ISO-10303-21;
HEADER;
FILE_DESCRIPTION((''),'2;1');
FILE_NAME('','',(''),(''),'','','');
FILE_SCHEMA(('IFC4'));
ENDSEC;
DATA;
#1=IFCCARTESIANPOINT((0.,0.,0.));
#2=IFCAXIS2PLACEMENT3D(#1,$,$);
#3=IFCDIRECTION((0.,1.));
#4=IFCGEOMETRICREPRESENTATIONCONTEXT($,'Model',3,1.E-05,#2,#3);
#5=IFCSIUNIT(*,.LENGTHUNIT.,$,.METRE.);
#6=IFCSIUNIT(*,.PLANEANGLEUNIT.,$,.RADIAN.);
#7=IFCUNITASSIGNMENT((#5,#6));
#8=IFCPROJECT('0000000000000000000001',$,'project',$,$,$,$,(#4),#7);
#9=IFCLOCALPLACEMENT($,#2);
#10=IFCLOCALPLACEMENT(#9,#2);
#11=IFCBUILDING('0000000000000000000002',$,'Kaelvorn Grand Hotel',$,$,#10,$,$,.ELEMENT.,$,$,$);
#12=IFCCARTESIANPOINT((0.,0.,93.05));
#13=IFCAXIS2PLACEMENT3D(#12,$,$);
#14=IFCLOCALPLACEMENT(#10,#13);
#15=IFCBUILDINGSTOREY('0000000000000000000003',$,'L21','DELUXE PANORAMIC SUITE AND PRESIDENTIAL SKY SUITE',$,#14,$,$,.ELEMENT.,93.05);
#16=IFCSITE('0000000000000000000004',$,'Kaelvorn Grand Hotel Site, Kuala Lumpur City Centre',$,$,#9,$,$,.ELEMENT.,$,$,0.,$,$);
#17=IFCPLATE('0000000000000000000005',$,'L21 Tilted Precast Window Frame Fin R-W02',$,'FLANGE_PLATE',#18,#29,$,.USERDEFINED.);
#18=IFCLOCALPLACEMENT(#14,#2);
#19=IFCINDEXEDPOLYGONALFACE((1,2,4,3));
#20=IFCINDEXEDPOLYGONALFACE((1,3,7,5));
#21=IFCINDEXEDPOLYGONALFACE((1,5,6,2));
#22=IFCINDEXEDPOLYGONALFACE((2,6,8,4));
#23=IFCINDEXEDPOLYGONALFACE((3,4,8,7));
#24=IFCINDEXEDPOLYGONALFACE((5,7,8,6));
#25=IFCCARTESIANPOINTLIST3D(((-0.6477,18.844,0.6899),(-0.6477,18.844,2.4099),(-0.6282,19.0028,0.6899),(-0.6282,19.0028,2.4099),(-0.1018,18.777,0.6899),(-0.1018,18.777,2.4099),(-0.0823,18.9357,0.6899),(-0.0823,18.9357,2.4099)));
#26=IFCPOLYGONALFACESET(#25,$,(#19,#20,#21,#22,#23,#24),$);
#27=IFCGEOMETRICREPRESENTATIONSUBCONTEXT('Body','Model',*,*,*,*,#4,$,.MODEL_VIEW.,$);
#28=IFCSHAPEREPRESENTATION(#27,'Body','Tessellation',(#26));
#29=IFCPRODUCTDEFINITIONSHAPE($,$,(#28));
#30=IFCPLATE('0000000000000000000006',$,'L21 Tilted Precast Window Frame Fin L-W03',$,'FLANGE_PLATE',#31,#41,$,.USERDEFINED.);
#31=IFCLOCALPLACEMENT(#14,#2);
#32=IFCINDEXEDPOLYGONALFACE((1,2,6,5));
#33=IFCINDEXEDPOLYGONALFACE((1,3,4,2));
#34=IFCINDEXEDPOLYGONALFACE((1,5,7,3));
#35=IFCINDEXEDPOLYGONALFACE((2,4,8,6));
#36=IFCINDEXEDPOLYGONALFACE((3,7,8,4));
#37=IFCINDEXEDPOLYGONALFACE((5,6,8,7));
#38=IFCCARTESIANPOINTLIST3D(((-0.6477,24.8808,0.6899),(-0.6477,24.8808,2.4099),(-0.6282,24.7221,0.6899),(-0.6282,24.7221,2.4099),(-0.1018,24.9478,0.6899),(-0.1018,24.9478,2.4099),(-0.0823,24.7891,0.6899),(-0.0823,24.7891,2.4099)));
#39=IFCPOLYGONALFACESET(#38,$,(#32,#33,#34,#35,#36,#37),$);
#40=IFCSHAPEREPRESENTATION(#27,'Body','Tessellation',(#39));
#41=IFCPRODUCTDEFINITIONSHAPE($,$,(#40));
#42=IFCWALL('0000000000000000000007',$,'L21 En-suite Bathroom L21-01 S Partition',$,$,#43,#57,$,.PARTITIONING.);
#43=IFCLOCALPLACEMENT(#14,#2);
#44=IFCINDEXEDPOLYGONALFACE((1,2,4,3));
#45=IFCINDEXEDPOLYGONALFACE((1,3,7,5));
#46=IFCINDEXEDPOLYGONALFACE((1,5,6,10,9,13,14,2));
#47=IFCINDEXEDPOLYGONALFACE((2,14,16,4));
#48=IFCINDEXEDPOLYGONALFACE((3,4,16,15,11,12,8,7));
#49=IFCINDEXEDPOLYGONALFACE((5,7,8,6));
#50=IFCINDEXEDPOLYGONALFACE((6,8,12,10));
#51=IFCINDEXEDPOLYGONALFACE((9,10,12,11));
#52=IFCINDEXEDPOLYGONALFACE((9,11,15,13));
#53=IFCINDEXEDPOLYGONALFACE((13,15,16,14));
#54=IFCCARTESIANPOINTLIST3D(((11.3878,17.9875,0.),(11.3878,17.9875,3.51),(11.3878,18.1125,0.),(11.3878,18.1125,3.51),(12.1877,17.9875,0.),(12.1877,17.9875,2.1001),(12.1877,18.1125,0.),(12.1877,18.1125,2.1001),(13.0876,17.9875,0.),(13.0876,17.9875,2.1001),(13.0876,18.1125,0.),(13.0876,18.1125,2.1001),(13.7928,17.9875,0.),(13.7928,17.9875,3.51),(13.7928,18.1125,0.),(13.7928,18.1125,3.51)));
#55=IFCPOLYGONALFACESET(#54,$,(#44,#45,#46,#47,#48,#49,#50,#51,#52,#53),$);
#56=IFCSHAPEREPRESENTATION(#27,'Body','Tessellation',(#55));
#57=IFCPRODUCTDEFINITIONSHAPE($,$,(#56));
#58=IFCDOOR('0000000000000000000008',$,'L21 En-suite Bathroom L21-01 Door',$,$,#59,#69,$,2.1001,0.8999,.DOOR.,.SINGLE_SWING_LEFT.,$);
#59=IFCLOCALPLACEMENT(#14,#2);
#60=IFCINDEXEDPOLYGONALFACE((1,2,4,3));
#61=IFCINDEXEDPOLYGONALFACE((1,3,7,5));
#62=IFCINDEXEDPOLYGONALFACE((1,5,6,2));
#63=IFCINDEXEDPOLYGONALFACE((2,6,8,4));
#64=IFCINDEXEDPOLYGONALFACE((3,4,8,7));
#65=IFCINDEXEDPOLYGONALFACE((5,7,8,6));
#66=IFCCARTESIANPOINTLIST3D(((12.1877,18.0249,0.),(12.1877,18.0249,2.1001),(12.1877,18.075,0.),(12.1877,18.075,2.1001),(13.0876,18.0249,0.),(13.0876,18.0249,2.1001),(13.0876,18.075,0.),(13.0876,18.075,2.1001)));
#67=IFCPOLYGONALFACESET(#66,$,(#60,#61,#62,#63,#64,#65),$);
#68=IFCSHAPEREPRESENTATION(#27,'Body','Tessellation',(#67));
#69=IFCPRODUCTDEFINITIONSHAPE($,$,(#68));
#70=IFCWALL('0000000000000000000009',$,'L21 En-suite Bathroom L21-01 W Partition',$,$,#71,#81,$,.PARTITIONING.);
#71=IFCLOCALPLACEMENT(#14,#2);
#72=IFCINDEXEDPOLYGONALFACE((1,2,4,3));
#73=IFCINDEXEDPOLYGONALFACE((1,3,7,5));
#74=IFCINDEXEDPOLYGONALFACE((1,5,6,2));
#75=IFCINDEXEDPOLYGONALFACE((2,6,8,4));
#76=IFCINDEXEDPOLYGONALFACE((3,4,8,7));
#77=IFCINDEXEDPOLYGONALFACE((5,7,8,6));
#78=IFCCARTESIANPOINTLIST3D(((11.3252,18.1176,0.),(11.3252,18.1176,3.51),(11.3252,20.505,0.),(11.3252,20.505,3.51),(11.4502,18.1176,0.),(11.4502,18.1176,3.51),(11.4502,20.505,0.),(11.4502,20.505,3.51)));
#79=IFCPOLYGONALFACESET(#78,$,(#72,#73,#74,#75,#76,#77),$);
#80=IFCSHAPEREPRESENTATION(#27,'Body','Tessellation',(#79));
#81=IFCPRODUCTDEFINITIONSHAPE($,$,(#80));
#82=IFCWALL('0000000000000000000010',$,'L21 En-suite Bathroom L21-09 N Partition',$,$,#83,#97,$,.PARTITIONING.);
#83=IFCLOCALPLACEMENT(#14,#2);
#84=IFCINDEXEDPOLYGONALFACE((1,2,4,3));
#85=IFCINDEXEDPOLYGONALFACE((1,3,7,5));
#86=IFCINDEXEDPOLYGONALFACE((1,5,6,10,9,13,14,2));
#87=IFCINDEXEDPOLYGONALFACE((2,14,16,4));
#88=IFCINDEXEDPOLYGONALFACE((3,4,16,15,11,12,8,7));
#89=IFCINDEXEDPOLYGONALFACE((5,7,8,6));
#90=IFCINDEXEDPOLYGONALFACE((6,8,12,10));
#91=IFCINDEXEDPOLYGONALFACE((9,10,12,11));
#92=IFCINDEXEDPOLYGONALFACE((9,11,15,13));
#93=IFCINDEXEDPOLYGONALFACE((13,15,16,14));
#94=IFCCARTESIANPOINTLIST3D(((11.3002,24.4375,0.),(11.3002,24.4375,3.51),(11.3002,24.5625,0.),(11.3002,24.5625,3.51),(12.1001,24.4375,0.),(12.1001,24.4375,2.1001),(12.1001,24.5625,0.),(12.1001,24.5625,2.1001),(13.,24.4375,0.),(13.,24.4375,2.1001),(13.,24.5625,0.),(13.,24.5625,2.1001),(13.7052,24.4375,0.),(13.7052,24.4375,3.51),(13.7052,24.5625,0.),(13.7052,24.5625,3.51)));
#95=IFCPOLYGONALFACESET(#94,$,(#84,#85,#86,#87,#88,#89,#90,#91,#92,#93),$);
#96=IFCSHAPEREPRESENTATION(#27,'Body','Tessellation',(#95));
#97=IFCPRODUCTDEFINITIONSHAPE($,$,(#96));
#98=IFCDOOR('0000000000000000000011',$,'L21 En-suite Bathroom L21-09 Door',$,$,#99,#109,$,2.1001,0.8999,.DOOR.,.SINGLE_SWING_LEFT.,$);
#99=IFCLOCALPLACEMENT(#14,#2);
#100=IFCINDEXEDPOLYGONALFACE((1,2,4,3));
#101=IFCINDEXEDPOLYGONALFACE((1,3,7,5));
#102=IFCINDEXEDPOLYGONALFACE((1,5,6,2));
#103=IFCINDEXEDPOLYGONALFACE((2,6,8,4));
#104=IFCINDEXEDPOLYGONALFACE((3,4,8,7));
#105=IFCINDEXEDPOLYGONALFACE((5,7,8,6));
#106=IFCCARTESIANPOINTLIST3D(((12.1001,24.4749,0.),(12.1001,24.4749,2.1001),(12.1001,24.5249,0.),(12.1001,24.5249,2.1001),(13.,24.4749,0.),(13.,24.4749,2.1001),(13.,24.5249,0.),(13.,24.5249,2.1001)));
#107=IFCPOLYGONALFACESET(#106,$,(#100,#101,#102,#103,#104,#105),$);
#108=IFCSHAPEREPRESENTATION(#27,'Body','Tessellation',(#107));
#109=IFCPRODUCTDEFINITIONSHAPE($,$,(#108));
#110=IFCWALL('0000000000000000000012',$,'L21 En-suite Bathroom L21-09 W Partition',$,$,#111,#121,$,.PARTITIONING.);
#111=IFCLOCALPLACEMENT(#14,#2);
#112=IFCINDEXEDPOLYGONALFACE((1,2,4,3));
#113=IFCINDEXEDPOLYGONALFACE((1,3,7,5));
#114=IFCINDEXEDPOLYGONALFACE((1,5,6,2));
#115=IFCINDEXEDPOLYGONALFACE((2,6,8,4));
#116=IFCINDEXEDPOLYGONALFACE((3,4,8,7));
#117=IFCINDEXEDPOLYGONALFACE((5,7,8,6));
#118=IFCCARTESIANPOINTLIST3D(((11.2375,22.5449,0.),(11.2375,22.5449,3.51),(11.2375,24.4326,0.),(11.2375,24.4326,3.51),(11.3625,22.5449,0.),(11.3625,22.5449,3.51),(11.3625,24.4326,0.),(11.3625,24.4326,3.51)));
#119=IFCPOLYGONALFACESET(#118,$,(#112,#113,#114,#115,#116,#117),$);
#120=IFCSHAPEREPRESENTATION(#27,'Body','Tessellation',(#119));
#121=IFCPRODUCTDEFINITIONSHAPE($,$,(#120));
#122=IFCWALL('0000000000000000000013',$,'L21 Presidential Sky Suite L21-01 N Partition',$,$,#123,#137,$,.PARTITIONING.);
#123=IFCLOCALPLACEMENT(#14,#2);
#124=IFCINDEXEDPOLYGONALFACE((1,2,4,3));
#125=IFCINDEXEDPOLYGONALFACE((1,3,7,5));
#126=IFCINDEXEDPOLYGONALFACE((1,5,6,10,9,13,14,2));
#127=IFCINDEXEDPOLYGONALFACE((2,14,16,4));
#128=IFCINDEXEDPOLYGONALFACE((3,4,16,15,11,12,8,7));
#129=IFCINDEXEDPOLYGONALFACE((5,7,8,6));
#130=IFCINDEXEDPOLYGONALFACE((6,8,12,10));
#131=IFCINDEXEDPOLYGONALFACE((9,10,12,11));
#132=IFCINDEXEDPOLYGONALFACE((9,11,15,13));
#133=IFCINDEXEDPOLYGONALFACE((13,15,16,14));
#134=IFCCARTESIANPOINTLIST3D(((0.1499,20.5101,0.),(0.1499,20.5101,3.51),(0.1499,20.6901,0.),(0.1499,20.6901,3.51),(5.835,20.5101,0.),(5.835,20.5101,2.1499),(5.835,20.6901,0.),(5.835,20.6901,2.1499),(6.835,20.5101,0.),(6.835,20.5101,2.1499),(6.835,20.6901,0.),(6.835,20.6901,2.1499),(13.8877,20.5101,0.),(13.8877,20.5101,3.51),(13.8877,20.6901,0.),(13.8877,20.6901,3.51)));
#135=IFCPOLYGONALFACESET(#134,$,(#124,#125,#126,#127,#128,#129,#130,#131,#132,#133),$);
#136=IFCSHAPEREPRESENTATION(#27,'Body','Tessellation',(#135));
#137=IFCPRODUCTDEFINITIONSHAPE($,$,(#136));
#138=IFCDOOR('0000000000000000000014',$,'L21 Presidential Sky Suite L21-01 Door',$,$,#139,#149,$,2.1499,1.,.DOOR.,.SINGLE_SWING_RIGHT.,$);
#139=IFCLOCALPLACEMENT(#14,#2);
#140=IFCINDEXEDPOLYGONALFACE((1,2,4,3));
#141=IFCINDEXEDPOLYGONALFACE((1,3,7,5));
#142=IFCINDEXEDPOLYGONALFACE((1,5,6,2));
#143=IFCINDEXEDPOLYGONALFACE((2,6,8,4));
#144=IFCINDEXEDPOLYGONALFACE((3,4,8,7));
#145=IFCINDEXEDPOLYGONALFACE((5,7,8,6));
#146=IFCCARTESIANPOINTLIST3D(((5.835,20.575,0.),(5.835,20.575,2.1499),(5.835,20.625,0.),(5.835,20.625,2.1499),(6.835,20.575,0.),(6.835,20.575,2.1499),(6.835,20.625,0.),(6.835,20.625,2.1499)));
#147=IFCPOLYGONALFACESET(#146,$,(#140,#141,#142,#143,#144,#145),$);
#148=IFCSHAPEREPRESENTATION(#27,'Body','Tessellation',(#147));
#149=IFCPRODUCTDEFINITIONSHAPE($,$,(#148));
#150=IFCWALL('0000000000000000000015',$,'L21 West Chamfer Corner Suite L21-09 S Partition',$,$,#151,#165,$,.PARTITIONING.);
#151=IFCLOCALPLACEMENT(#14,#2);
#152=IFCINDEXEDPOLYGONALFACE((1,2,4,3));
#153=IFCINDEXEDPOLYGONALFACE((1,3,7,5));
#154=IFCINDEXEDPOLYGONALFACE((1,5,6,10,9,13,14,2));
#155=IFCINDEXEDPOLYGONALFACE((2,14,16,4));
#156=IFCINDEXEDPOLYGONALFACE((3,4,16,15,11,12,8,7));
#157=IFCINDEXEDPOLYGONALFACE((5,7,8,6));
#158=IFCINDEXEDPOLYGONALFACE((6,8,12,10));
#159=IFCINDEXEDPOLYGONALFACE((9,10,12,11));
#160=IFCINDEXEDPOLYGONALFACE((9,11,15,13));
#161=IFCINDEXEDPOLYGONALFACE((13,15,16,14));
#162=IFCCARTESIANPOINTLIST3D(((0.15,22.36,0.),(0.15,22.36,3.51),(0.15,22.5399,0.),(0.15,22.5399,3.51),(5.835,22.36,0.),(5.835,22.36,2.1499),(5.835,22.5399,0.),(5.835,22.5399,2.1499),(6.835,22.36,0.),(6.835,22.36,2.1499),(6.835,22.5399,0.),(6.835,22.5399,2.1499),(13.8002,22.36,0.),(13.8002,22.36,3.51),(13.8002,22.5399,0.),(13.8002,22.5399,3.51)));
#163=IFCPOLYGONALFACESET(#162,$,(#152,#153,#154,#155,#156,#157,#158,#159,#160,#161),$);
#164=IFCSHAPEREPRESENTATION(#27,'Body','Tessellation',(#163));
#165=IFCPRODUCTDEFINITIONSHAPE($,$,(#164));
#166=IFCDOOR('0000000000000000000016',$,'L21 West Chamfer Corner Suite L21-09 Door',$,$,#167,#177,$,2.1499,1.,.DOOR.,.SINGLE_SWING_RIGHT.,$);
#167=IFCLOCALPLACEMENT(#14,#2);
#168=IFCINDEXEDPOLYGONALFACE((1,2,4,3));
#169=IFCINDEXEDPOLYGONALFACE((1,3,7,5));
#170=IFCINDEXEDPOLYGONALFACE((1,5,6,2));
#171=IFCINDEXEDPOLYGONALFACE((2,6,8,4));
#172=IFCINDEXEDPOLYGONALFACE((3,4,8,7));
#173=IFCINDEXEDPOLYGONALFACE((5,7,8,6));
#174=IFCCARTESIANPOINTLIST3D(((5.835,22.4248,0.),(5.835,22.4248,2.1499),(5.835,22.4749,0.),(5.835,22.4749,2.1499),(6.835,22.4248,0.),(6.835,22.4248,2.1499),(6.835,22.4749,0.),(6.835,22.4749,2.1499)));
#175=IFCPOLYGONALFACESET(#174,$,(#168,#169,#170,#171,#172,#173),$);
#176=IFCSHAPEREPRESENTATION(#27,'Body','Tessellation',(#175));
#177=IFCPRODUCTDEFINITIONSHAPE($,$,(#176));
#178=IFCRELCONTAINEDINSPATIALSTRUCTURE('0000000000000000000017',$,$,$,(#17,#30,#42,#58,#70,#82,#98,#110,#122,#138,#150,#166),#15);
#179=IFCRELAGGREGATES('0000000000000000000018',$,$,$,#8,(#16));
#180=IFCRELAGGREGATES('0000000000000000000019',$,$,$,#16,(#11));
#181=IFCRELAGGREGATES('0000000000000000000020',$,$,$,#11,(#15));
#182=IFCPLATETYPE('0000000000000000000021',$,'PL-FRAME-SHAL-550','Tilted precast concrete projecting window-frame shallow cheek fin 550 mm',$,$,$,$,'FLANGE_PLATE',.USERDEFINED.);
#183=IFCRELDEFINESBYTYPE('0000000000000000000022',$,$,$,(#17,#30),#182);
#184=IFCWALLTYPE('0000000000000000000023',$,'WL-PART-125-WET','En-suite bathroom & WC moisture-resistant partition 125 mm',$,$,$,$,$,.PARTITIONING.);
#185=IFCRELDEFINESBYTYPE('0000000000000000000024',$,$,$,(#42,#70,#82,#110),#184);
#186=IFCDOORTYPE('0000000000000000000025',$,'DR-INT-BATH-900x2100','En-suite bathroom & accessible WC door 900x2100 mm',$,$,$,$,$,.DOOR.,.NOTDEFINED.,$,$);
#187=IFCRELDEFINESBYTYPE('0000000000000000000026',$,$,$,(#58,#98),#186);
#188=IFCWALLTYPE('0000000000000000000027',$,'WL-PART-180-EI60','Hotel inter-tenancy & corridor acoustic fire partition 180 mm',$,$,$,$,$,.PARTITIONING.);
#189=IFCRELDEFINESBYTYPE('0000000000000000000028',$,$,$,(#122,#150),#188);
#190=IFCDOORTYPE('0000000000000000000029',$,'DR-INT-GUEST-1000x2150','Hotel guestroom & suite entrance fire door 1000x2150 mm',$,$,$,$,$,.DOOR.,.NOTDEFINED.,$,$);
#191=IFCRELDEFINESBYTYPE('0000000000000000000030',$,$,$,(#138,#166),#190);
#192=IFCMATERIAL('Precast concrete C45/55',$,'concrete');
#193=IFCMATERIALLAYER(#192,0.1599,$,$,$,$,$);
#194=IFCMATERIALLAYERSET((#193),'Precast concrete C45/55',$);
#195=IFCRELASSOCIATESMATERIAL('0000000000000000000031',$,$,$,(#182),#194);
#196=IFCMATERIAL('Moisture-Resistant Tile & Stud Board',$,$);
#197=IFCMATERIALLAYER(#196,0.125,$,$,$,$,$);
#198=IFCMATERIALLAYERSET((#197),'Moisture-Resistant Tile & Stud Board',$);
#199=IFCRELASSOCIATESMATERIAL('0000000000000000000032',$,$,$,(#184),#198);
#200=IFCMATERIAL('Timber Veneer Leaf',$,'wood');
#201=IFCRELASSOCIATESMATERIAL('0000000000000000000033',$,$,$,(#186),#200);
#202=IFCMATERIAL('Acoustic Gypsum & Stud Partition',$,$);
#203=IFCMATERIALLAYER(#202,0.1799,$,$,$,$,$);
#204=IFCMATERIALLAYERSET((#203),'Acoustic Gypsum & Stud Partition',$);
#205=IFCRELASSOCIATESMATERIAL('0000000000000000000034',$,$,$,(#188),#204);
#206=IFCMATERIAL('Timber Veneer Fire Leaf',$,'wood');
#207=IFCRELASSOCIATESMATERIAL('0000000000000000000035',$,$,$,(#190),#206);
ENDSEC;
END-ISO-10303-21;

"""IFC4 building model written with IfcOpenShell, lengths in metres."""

from ifc_helpers import new_model, si_unit, direction, frame, frame_2d, origin, origin_2d, place, context, subcontext, project, spatial, rectangle, extrude, material, layer, layer_set, type_object, element, fill, save


model = new_model("IFC4")

# Units and contexts
model_context = context("Model", 3, precision=1e-05, world=origin(), true_north=direction((0.0, 1.0)))
body_context = subcontext(model_context, "Body", "Model", "MODEL_VIEW")
ifc_project = project(units=[si_unit("LENGTHUNIT", "METRE"), si_unit("PLANEANGLEUNIT", "RADIAN")], contexts=[model_context])

# Site, building, storey
site_placement = place(None, origin())
site = spatial("IfcSite", under=ifc_project, at=site_placement, Name="Kaelvorn Grand Hotel Site, Kuala Lumpur City Centre", CompositionType="ELEMENT", RefElevation=0.0)
building_placement = place(site_placement, origin())
building = spatial("IfcBuilding", under=site, at=building_placement, Name="Kaelvorn Grand Hotel", CompositionType="ELEMENT")
storey_placement = place(building_placement, frame((0.0, 0.0, 93.05)))
storey = spatial("IfcBuildingStorey", under=building, at=storey_placement, Name="L21", Description="DELUXE PANORAMIC SUITE AND PRESIDENTIAL SKY SUITE", CompositionType="ELEMENT", Elevation=93.05)

# Plates
ifc_material_1 = material(Name="Precast concrete C45/55", Category="concrete")
ifc_layer_1 = layer(ifc_material_1, 0.1599)
ifc_layer_set_1 = layer_set([ifc_layer_1], Name="Precast concrete C45/55")
plate_type_1 = type_object("IfcPlateType", Name="PL-FRAME-SHAL-550", Description="Tilted precast concrete projecting window-frame shallow cheek fin 550 mm", ElementType="FLANGE_PLATE", PredefinedType="USERDEFINED", material=ifc_layer_set_1)
for number, where, z_axis, x_axis, name in (
    (1, (-0.365, 18.8899, 0.6899), (0.0, 0.0, 1.0), (0.121869, 0.992546, 0.0), "L21 Tilted Precast Window Frame Fin R-W02"),
    (2, (-0.365, 24.835, 0.6899), (0.0, 0.0, 1.0), (-0.121869, 0.992546, 0.0), "L21 Tilted Precast Window Frame Fin L-W03"),
):
    element("IfcPlate", number, at=place(storey_placement, frame(where, z_axis=z_axis, x_axis=x_axis)), inside=storey, type_object=plate_type_1, Name=name, ObjectType="FLANGE_PLATE", PredefinedType="USERDEFINED", context=body_context, shape_type="SweptSolid", body=[
        extrude(rectangle(XDim=0.1599, YDim=0.55, at=origin_2d()), origin(), (0.0, 0.0, 1.0), 1.72),
    ])

# Wall, opening, door
ifc_material_2 = material(Name="Moisture-Resistant Tile & Stud Board")
ifc_layer_2 = layer(ifc_material_2, 0.125)
ifc_layer_set_2 = layer_set([ifc_layer_2], Name="Moisture-Resistant Tile & Stud Board")
wall_type_1 = type_object("IfcWallType", Name="WL-PART-125-WET", Description="En-suite bathroom & WC moisture-resistant partition 125 mm", PredefinedType="PARTITIONING", material=ifc_layer_set_2)
wall_1_placement = place(storey_placement, frame((11.3877, 18.05, 0.0), z_axis=(0.0, 0.0, 1.0), x_axis=(1.0, 0.0, 0.0)))
wall_1 = element("IfcWall", 3, at=wall_1_placement, inside=storey, type_object=wall_type_1, Name="L21 En-suite Bathroom L21-01 S Partition", PredefinedType="PARTITIONING", context=body_context, shape_type="SweptSolid", body=[
    extrude(rectangle(XDim=2.405, YDim=0.125, at=frame_2d((1.2026, 0.0))), origin(), (0.0, 0.0, 1.0), 3.51),
])
opening_1_placement = place(wall_1_placement, frame((0.8, 0.0, 0.0)))
opening_1 = element("IfcOpeningElement", 4, at=opening_1_placement, cuts=wall_1, PredefinedType="OPENING", context=body_context, shape_type="SweptSolid", body=[
    extrude(rectangle(XDim=0.8999, YDim=2.1001, at=frame_2d((0.45, 1.05))), frame((0.0, 0.0725, 0.0), z_axis=(0.0, -1.0, 0.0), x_axis=(1.0, 0.0, 0.0)), (0.0, 0.0, 1.0), 0.145),
])
ifc_material_3 = material(Name="Timber Veneer Leaf", Category="wood")
door_type_1 = type_object("IfcDoorType", Name="DR-INT-BATH-900x2100", Description="En-suite bathroom & accessible WC door 900x2100 mm", OperationType="NOTDEFINED", PredefinedType="DOOR", material=ifc_material_3)
door_1_placement = place(opening_1_placement, origin())
door_1 = element("IfcDoor", 5, at=door_1_placement, inside=storey, type_object=door_type_1, Name="L21 En-suite Bathroom L21-01 Door", OperationType="SINGLE_SWING_LEFT", OverallHeight=2.1001, OverallWidth=0.8999, PredefinedType="DOOR", context=body_context, shape_type="SweptSolid", body=[
    extrude(rectangle(XDim=0.8999, YDim=2.1001, at=frame_2d((0.45, 1.05))), frame((0.0, 0.0249, 0.0), z_axis=(0.0, -1.0, 0.0), x_axis=(1.0, 0.0, 0.0)), (0.0, 0.0, 1.0), 0.05),
])
fill(opening_1, door_1)

# Wall
wall_2_placement = place(storey_placement, frame((11.3877, 18.1174, 0.0), z_axis=(0.0, 0.0, 1.0), x_axis=(0.0, 1.0, 0.0)))
element("IfcWall", 6, at=wall_2_placement, inside=storey, type_object=wall_type_1, Name="L21 En-suite Bathroom L21-01 W Partition", PredefinedType="PARTITIONING", context=body_context, shape_type="SweptSolid", body=[
    extrude(rectangle(XDim=2.3875, YDim=0.125, at=frame_2d((1.1938, 0.0))), origin(), (0.0, 0.0, 1.0), 3.51),
])

# Wall, opening, door
wall_3_placement = place(storey_placement, frame((11.3, 24.5, 0.0), z_axis=(0.0, 0.0, 1.0), x_axis=(1.0, 0.0, 0.0)))
wall_3 = element("IfcWall", 7, at=wall_3_placement, inside=storey, type_object=wall_type_1, Name="L21 En-suite Bathroom L21-09 N Partition", PredefinedType="PARTITIONING", context=body_context, shape_type="SweptSolid", body=[
    extrude(rectangle(XDim=2.405, YDim=0.125, at=frame_2d((1.2026, 0.0))), origin(), (0.0, 0.0, 1.0), 3.51),
])
opening_2_placement = place(wall_3_placement, frame((0.8, 0.0, 0.0)))
opening_2 = element("IfcOpeningElement", 8, at=opening_2_placement, cuts=wall_3, PredefinedType="OPENING", context=body_context, shape_type="SweptSolid", body=[
    extrude(rectangle(XDim=0.8999, YDim=2.1001, at=frame_2d((0.45, 1.05))), frame((0.0, 0.0725, 0.0), z_axis=(0.0, -1.0, 0.0), x_axis=(1.0, 0.0, 0.0)), (0.0, 0.0, 1.0), 0.145),
])
door_2_placement = place(opening_2_placement, origin())
door_2 = element("IfcDoor", 9, at=door_2_placement, inside=storey, type_object=door_type_1, Name="L21 En-suite Bathroom L21-09 Door", OperationType="SINGLE_SWING_LEFT", OverallHeight=2.1001, OverallWidth=0.8999, PredefinedType="DOOR", context=body_context, shape_type="SweptSolid", body=[
    extrude(rectangle(XDim=0.8999, YDim=2.1001, at=frame_2d((0.45, 1.05))), frame((0.0, 0.0249, 0.0), z_axis=(0.0, -1.0, 0.0), x_axis=(1.0, 0.0, 0.0)), (0.0, 0.0, 1.0), 0.05),
])
fill(opening_2, door_2)

# Wall
wall_4_placement = place(storey_placement, frame((11.3, 22.5449, 0.0), z_axis=(0.0, 0.0, 1.0), x_axis=(0.0, 1.0, 0.0)))
element("IfcWall", 10, at=wall_4_placement, inside=storey, type_object=wall_type_1, Name="L21 En-suite Bathroom L21-09 W Partition", PredefinedType="PARTITIONING", context=body_context, shape_type="SweptSolid", body=[
    extrude(rectangle(XDim=1.8877, YDim=0.125, at=frame_2d((0.9438, 0.0))), origin(), (0.0, 0.0, 1.0), 3.51),
])

# Walls, openings, doors
ifc_material_4 = material(Name="Acoustic Gypsum & Stud Partition")
ifc_layer_3 = layer(ifc_material_4, 0.1799)
ifc_layer_set_3 = layer_set([ifc_layer_3], Name="Acoustic Gypsum & Stud Partition")
wall_type_2 = type_object("IfcWallType", Name="WL-PART-180-EI60", Description="Hotel inter-tenancy & corridor acoustic fire partition 180 mm", PredefinedType="PARTITIONING", material=ifc_layer_set_3)
wall_5_placement = place(storey_placement, frame((0.1499, 20.6001, 0.0), z_axis=(0.0, 0.0, 1.0), x_axis=(1.0, 0.0, 0.0)))
wall_5 = element("IfcWall", 11, at=wall_5_placement, inside=storey, type_object=wall_type_2, Name="L21 Presidential Sky Suite L21-01 N Partition", PredefinedType="PARTITIONING", context=body_context, shape_type="SweptSolid", body=[
    extrude(rectangle(XDim=13.7378, YDim=0.1799, at=frame_2d((6.8689, 0.0))), origin(), (0.0, 0.0, 1.0), 3.51),
])
opening_3_placement = place(wall_5_placement, frame((5.6851, 0.0, 0.0)))
opening_3 = element("IfcOpeningElement", 12, at=opening_3_placement, cuts=wall_5, PredefinedType="OPENING", context=body_context, shape_type="SweptSolid", body=[
    extrude(rectangle(XDim=1.0, YDim=2.1499, at=frame_2d((0.5, 1.075))), frame((0.0, 0.1001, 0.0), z_axis=(0.0, -1.0, 0.0), x_axis=(1.0, 0.0, 0.0)), (0.0, 0.0, 1.0), 0.2),
])
ifc_material_5 = material(Name="Timber Veneer Fire Leaf", Category="wood")
door_type_2 = type_object("IfcDoorType", Name="DR-INT-GUEST-1000x2150", Description="Hotel guestroom & suite entrance fire door 1000x2150 mm", OperationType="NOTDEFINED", PredefinedType="DOOR", material=ifc_material_5)
door_3_placement = place(opening_3_placement, origin())
door_3 = element("IfcDoor", 13, at=door_3_placement, inside=storey, type_object=door_type_2, Name="L21 Presidential Sky Suite L21-01 Door", OperationType="SINGLE_SWING_RIGHT", OverallHeight=2.1499, OverallWidth=1.0, PredefinedType="DOOR", context=body_context, shape_type="SweptSolid", body=[
    extrude(rectangle(XDim=1.0, YDim=2.1499, at=frame_2d((0.5, 1.075))), frame((0.0, 0.0249, 0.0), z_axis=(0.0, -1.0, 0.0), x_axis=(1.0, 0.0, 0.0)), (0.0, 0.0, 1.0), 0.05),
])
fill(opening_3, door_3)
wall_6_placement = place(storey_placement, frame((0.1499, 22.45, 0.0), z_axis=(0.0, 0.0, 1.0), x_axis=(1.0, 0.0, 0.0)))
wall_6 = element("IfcWall", 14, at=wall_6_placement, inside=storey, type_object=wall_type_2, Name="L21 West Chamfer Corner Suite L21-09 S Partition", PredefinedType="PARTITIONING", context=body_context, shape_type="SweptSolid", body=[
    extrude(rectangle(XDim=13.6501, YDim=0.1799, at=frame_2d((6.8252, 0.0))), origin(), (0.0, 0.0, 1.0), 3.51),
])
opening_4_placement = place(wall_6_placement, frame((5.6851, 0.0, 0.0)))
opening_4 = element("IfcOpeningElement", 15, at=opening_4_placement, cuts=wall_6, PredefinedType="OPENING", context=body_context, shape_type="SweptSolid", body=[
    extrude(rectangle(XDim=1.0, YDim=2.1499, at=frame_2d((0.5, 1.075))), frame((0.0, 0.1001, 0.0), z_axis=(0.0, -1.0, 0.0), x_axis=(1.0, 0.0, 0.0)), (0.0, 0.0, 1.0), 0.2),
])
door_4_placement = place(opening_4_placement, origin())
door_4 = element("IfcDoor", 16, at=door_4_placement, inside=storey, type_object=door_type_2, Name="L21 West Chamfer Corner Suite L21-09 Door", OperationType="SINGLE_SWING_RIGHT", OverallHeight=2.1499, OverallWidth=1.0, PredefinedType="DOOR", context=body_context, shape_type="SweptSolid", body=[
    extrude(rectangle(XDim=1.0, YDim=2.1499, at=frame_2d((0.5, 1.075))), frame((0.0, 0.0249, 0.0), z_axis=(0.0, -1.0, 0.0), x_axis=(1.0, 0.0, 0.0)), (0.0, 0.0, 1.0), 0.05),
])
fill(opening_4, door_4)

save(model, "model.ifc")
